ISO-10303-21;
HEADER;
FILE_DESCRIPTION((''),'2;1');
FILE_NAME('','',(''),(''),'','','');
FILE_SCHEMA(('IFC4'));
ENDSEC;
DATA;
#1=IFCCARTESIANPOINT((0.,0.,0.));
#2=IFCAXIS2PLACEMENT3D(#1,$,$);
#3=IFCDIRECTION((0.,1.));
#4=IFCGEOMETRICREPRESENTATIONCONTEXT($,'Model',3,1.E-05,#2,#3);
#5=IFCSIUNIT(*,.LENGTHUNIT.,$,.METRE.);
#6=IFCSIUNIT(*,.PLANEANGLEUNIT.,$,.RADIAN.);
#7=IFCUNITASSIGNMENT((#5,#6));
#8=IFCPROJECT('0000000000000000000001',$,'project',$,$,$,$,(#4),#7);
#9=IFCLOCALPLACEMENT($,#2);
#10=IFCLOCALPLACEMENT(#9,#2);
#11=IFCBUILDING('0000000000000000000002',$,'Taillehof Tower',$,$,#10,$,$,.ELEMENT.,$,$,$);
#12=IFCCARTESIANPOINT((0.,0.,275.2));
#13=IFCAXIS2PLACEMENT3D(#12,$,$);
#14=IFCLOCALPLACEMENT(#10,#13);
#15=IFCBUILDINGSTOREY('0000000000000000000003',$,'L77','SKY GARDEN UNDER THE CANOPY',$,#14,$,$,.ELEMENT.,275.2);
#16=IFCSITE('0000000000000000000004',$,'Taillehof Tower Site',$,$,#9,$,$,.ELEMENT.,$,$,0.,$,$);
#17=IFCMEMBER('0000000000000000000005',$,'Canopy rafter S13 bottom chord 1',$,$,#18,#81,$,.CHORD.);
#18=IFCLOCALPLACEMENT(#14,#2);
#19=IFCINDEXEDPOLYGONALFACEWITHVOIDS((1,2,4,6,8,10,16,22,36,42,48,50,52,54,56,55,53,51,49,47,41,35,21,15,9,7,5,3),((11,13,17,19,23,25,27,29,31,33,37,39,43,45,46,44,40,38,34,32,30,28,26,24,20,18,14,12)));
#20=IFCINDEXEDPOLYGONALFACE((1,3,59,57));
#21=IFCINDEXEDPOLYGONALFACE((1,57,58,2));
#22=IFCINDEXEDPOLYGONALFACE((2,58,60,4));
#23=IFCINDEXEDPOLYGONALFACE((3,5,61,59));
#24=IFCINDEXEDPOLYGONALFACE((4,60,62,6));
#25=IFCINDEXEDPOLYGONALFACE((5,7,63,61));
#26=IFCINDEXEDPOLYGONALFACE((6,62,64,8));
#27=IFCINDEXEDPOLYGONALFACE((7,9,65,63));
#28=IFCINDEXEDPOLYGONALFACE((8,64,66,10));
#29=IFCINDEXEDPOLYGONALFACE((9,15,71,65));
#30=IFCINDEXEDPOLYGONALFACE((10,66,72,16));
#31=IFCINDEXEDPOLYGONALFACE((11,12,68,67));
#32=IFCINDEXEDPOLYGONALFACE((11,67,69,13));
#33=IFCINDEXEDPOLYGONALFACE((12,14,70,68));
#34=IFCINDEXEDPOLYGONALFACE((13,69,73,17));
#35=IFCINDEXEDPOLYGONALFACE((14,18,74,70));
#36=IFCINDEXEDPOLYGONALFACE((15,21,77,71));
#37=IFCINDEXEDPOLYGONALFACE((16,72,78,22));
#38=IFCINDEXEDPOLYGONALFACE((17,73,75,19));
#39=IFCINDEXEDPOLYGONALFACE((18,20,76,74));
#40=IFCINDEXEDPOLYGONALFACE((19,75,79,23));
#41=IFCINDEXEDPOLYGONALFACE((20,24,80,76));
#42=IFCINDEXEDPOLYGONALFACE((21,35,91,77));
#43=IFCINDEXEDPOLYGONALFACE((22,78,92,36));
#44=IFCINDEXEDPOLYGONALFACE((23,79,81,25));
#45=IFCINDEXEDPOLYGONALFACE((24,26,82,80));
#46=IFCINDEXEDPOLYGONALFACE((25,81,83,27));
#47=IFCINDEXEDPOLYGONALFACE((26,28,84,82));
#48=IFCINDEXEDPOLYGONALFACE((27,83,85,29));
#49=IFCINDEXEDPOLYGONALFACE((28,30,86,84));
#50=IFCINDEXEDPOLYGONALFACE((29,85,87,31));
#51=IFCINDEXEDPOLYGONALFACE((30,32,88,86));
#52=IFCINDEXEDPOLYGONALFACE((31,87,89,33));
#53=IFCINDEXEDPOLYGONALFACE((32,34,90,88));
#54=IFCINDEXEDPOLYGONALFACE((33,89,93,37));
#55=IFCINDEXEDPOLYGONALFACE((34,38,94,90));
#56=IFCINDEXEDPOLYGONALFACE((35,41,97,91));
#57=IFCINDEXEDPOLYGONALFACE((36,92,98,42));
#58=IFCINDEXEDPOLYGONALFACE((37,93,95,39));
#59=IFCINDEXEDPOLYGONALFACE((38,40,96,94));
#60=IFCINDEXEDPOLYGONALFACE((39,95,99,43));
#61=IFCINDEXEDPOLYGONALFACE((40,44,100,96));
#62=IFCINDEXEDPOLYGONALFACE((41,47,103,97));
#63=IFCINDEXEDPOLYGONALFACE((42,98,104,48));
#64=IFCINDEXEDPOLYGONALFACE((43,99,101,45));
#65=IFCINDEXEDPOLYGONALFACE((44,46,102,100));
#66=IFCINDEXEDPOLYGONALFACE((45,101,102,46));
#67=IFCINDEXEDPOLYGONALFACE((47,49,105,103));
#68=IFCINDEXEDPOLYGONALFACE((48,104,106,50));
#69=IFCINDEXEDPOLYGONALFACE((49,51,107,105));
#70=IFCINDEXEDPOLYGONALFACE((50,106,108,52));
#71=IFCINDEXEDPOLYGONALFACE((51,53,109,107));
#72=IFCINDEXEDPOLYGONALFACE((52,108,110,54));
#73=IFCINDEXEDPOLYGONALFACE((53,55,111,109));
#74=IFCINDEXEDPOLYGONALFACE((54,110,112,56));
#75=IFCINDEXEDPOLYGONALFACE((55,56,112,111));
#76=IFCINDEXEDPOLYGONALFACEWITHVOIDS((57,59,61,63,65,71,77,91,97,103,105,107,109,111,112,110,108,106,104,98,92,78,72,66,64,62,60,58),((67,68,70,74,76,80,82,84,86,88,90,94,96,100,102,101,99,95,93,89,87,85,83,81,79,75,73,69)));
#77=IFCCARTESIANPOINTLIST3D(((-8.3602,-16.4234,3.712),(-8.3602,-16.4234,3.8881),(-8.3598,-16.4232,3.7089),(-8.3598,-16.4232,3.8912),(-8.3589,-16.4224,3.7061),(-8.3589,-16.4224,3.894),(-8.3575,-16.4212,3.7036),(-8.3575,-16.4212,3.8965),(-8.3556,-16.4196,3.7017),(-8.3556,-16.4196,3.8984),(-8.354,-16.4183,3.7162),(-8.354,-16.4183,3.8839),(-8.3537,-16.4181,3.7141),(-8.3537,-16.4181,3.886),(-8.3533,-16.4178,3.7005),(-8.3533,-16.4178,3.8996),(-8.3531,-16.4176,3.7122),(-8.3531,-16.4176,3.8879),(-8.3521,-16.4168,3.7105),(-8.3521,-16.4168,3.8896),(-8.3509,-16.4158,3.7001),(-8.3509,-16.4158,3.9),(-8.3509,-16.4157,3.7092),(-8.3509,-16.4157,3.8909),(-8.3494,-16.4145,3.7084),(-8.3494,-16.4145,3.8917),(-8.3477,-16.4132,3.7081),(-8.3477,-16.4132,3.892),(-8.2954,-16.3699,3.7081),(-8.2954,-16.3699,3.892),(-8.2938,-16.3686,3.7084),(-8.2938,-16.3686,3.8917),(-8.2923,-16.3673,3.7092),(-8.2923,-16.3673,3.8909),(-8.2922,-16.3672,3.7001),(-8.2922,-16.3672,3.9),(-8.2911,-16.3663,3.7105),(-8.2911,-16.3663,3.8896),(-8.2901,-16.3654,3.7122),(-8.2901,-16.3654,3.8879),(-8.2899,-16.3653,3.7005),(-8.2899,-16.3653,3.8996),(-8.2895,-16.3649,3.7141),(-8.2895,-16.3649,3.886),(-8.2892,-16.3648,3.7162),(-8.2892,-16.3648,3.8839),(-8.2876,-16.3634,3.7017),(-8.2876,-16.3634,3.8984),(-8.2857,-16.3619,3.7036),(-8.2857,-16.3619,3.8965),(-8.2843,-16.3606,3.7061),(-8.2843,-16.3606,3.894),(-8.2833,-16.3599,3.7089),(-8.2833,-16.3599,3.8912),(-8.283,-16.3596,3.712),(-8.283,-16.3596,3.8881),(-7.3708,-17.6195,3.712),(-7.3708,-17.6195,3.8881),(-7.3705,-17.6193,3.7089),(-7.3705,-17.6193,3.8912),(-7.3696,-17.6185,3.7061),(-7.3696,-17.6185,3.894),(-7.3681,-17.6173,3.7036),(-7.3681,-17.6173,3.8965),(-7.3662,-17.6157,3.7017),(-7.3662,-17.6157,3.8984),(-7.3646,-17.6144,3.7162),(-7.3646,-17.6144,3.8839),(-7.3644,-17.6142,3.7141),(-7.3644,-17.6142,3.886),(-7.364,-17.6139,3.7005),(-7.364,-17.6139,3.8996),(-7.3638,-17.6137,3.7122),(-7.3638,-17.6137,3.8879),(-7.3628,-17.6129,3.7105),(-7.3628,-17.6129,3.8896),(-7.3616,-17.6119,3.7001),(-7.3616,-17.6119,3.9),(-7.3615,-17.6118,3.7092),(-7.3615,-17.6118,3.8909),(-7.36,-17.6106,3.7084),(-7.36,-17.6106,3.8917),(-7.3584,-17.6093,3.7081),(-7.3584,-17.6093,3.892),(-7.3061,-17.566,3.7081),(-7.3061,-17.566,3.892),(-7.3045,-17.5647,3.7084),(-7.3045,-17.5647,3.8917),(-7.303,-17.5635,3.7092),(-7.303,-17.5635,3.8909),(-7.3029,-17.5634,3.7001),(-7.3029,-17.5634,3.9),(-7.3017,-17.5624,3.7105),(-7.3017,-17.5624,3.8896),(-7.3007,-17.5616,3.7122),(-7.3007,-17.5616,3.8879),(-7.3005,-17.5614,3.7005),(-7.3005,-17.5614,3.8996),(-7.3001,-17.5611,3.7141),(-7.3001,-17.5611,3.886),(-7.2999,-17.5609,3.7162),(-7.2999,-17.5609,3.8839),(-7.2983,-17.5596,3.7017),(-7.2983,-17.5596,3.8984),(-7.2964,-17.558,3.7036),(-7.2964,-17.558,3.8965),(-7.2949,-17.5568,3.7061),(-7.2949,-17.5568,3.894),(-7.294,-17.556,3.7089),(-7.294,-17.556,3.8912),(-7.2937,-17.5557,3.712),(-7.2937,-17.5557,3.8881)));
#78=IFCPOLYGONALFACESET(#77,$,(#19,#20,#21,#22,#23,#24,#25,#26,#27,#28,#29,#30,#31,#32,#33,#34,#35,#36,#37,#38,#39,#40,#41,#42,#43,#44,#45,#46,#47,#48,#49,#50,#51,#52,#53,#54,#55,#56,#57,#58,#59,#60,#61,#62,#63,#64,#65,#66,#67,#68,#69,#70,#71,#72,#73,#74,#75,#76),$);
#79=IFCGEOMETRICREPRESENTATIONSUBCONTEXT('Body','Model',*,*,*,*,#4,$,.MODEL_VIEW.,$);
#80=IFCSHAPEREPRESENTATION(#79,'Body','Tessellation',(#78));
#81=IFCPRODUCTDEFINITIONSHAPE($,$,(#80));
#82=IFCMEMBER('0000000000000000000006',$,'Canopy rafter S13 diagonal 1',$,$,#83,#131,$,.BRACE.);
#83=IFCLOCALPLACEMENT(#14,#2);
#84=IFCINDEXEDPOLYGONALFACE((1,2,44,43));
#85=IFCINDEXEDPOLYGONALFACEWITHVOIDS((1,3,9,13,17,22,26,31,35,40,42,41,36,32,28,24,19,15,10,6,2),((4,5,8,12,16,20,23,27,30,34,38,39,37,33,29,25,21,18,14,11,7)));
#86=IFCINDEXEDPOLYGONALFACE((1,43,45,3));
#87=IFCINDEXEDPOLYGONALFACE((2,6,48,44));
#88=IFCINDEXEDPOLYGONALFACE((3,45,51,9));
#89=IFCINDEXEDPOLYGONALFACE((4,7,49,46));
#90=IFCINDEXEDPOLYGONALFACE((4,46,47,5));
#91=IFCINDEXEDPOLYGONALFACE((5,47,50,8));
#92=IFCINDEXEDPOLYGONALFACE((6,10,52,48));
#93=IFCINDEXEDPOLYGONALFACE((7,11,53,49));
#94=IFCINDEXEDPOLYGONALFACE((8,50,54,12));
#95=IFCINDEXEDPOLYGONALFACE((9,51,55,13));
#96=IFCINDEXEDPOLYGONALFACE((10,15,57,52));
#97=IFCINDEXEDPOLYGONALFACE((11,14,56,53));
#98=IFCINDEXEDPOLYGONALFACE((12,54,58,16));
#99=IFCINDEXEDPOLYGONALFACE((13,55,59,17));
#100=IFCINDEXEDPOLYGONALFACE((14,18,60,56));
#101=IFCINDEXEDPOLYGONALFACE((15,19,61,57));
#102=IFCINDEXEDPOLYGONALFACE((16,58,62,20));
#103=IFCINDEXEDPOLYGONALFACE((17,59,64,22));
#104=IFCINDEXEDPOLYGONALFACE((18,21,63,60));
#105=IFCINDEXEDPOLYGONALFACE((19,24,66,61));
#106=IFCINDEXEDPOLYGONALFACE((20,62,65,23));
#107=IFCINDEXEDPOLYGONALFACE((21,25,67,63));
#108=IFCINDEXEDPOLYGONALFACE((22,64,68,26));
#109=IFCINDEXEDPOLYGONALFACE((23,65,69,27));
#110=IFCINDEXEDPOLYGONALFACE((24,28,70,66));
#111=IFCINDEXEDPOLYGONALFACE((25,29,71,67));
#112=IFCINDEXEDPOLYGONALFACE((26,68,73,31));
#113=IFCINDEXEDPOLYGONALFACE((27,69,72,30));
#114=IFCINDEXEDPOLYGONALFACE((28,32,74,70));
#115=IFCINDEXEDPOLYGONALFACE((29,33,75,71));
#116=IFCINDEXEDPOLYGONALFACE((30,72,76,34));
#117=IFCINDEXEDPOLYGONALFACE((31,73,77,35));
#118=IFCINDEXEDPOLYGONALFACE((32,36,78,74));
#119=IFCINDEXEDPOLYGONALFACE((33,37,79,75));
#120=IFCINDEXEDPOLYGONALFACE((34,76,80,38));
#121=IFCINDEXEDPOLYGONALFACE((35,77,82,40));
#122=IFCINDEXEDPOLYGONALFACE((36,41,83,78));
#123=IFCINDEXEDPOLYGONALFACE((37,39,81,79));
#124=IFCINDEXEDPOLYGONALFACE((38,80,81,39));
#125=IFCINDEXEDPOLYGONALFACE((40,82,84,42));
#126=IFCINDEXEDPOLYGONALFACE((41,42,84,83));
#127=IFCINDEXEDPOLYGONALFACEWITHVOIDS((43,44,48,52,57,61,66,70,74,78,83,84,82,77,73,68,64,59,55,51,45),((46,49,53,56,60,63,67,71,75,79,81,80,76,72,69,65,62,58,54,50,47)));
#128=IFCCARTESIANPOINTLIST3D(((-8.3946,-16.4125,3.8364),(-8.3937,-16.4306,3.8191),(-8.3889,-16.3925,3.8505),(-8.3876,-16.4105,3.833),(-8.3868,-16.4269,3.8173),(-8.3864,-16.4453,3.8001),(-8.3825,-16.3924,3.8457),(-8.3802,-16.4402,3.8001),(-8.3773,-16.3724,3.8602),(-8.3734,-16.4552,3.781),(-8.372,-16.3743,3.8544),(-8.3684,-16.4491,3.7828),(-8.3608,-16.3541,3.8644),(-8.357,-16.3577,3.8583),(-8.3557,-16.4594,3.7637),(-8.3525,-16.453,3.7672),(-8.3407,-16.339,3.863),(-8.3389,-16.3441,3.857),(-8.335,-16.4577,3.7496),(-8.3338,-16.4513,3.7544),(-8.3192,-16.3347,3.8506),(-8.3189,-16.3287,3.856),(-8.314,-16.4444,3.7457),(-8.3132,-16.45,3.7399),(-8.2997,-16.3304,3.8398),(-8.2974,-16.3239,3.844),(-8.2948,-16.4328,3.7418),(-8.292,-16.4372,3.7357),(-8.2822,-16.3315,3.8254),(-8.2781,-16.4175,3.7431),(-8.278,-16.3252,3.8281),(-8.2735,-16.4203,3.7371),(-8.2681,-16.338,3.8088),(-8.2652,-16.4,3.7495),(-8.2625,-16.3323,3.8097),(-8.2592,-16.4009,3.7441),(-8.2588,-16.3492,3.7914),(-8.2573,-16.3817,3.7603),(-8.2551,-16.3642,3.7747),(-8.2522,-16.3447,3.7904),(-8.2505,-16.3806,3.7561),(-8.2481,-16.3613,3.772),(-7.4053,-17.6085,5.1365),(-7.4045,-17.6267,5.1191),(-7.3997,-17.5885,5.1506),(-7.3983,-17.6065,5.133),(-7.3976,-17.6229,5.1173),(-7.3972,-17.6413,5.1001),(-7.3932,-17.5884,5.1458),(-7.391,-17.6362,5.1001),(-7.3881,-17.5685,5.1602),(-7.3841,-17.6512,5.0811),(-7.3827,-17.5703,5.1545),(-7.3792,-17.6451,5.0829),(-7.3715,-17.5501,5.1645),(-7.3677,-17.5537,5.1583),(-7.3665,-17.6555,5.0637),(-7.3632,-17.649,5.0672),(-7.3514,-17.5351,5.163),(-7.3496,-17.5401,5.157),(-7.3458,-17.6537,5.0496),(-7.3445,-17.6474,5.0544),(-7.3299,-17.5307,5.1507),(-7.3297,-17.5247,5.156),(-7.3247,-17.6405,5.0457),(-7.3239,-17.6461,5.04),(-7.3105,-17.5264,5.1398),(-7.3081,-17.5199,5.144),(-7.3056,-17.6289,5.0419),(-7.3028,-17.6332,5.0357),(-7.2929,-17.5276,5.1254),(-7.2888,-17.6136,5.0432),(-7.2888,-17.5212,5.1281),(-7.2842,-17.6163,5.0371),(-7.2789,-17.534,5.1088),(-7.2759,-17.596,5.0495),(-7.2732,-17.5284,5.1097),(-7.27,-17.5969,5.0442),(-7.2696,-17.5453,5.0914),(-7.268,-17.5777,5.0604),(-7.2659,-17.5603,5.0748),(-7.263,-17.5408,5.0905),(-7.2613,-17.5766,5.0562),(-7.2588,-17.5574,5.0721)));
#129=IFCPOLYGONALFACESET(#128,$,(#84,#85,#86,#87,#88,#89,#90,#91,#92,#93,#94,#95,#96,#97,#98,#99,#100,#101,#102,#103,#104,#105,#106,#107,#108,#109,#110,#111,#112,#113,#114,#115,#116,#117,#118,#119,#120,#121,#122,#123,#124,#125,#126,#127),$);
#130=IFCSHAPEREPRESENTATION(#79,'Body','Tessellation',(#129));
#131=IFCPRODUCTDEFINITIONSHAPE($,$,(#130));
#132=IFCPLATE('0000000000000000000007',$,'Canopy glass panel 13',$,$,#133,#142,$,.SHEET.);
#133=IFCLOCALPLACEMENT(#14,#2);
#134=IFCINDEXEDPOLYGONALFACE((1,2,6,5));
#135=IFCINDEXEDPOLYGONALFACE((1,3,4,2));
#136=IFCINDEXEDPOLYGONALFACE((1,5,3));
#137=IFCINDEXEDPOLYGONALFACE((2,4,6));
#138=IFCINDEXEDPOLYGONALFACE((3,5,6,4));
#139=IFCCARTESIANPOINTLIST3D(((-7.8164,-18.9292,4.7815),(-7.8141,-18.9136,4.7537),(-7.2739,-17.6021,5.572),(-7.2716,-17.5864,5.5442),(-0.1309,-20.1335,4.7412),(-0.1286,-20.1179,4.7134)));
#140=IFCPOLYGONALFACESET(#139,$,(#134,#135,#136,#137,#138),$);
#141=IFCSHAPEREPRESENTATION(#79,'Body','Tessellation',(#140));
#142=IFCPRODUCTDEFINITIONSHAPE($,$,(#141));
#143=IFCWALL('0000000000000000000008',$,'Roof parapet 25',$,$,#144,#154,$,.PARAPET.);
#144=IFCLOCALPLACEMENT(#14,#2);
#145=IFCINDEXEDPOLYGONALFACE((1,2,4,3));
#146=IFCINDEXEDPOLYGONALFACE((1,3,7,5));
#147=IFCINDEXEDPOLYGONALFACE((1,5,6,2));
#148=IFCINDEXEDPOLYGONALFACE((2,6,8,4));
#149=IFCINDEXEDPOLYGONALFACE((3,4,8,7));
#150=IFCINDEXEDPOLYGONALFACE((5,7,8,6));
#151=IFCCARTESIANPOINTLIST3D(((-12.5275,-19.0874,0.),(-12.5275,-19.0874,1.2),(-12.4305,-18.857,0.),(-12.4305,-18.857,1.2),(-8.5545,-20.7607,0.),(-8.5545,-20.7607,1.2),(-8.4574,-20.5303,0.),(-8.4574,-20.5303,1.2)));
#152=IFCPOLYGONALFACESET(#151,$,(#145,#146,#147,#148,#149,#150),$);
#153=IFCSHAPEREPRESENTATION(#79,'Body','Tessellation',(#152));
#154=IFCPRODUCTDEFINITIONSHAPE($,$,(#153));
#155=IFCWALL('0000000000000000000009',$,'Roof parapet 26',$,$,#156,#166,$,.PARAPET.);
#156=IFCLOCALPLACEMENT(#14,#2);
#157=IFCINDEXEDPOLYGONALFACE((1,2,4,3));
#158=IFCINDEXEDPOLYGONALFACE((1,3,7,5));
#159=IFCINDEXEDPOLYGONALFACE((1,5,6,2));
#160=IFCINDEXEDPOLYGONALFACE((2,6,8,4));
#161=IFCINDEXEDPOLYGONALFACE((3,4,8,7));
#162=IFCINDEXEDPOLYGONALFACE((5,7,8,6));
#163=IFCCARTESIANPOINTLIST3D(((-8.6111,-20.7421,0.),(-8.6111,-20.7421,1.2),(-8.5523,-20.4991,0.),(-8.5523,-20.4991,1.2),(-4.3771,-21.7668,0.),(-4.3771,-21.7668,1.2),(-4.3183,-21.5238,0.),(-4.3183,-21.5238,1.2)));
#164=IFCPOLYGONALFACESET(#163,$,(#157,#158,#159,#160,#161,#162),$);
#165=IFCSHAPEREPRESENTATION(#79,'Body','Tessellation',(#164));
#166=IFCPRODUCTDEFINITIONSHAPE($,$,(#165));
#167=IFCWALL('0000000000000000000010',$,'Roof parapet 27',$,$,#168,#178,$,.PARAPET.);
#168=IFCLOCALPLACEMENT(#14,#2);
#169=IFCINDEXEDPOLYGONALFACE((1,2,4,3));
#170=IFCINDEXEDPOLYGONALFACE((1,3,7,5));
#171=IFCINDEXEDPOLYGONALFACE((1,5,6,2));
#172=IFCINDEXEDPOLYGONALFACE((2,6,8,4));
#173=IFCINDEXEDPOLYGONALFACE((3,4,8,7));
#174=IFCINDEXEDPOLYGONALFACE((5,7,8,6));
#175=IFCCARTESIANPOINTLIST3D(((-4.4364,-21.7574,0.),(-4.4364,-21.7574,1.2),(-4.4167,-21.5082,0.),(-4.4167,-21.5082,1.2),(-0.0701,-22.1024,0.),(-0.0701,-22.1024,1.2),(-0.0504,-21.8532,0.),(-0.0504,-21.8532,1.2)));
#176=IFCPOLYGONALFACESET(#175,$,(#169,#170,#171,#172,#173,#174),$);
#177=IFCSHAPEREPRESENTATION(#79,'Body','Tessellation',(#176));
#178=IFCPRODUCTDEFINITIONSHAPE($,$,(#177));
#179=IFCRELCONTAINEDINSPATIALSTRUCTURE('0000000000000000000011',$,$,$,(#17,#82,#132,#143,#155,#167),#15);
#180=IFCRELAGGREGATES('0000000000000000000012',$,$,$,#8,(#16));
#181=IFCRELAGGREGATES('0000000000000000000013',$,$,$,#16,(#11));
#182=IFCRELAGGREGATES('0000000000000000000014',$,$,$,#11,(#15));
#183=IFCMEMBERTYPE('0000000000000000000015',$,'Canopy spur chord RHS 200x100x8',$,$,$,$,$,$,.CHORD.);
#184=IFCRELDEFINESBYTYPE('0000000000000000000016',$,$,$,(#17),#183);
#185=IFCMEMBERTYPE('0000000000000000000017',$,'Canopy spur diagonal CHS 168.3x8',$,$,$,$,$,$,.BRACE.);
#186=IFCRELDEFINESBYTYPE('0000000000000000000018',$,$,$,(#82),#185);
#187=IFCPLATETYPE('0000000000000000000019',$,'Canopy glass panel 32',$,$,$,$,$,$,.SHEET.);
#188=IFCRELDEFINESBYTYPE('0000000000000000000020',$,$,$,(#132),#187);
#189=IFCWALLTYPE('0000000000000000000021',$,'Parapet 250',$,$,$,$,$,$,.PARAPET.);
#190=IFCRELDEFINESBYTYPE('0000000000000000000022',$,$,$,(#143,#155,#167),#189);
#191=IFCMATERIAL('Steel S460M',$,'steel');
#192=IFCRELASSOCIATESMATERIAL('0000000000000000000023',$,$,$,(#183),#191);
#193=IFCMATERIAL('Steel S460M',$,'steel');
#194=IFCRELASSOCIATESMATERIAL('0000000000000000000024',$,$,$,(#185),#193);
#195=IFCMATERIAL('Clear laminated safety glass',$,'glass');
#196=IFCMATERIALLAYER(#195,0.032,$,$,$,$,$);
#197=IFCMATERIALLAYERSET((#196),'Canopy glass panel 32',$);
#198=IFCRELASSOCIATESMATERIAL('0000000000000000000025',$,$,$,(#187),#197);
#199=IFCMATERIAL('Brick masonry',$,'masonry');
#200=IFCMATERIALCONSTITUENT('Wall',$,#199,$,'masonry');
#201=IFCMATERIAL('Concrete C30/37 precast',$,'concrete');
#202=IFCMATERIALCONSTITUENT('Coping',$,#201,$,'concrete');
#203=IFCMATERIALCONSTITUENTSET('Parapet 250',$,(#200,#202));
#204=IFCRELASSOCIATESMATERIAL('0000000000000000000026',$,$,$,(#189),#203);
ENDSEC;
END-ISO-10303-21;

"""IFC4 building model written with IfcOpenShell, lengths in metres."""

from ifc_helpers import new_model, si_unit, direction, frame, frame_2d, origin, origin_2d, place, context, subcontext, project, spatial, polyline, rectangle, hollow_rectangle, hollow_circle, outline, extrude, material, layer, layer_set, constituent, constituent_set, material_profile, profile_set, type_object, element, save


model = new_model("IFC4")

# Units and contexts
model_context = context("Model", 3, precision=1e-05, world=origin(), true_north=direction((0.0, 1.0)))
body_context = subcontext(model_context, "Body", "Model", "MODEL_VIEW")
ifc_project = project(units=[si_unit("LENGTHUNIT", "METRE"), si_unit("PLANEANGLEUNIT", "RADIAN")], contexts=[model_context])

# Site, building, storey
site_placement = place(None, origin())
site = spatial("IfcSite", under=ifc_project, at=site_placement, Name="Taillehof Tower Site", CompositionType="ELEMENT", RefElevation=0.0)
building_placement = place(site_placement, origin())
building = spatial("IfcBuilding", under=site, at=building_placement, Name="Taillehof Tower", CompositionType="ELEMENT")
storey_placement = place(building_placement, frame((0.0, 0.0, 275.2)))
storey = spatial("IfcBuildingStorey", under=building, at=storey_placement, Name="L77", Description="SKY GARDEN UNDER THE CANOPY", CompositionType="ELEMENT", Elevation=275.2)

# Members
ifc_material_1 = material(Name="Steel S460M", Category="steel")
ifc_material_profile_1 = material_profile(ifc_material_1, hollow_rectangle(XDim=0.1001, YDim=0.2, WallThickness=0.0081, InnerFilletRadius=0.0081, OuterFilletRadius=0.012, at=origin_2d()), Name="RHS 200x100x8")
ifc_profile_set_1 = profile_set([ifc_material_profile_1], Name="Steel S460M")
member_type_1 = type_object("IfcMemberType", Name="Canopy spur chord RHS 200x100x8", PredefinedType="CHORD", material=ifc_profile_set_1)
for number, where, z_axis, x_axis, name in (
    (1, (-7.3323, -17.5876, 3.8), (-0.637349, 0.770575, 0.0), (-0.770575, -0.637349, 0.0), "Canopy rafter S13 bottom chord 1"),
):
    element("IfcMember", number, at=place(storey_placement, frame(where, z_axis=z_axis, x_axis=x_axis)), inside=storey, type_object=member_type_1, Name=name, PredefinedType="CHORD", context=body_context, shape_type="SweptSolid", body=[
        extrude(hollow_rectangle(XDim=0.1001, YDim=0.2, WallThickness=0.0081, InnerFilletRadius=0.0081, OuterFilletRadius=0.012, at=origin_2d()), origin(), (0.0, 0.0, 1.0), 1.5522),
    ])
ifc_material_2 = material(Name="Steel S460M", Category="steel")
ifc_material_profile_2 = material_profile(ifc_material_2, hollow_circle(Radius=0.0842, WallThickness=0.0081, at=origin_2d()), Name="CHS 168.3x8")
ifc_profile_set_2 = profile_set([ifc_material_profile_2], Name="Steel S460M")
member_type_2 = type_object("IfcMemberType", Name="Canopy spur diagonal CHS 168.3x8", PredefinedType="BRACE", material=ifc_profile_set_2)
member_1_placement = place(storey_placement, frame((-7.3323, -17.5876, 5.1001), z_axis=(-0.488602, 0.590736, -0.642105), x_axis=(-0.770575, -0.637349, 0.0)))
element("IfcMember", 2, at=member_1_placement, inside=storey, type_object=member_type_2, Name="Canopy rafter S13 diagonal 1", PredefinedType="BRACE", context=body_context, shape_type="SweptSolid", body=[
    extrude(hollow_circle(Radius=0.0842, WallThickness=0.0081, at=origin_2d()), origin(), (0.0, 0.0, 1.0), 2.0247),
])

# Plate
ifc_material_3 = material(Name="Clear laminated safety glass", Category="glass")
ifc_layer_1 = layer(ifc_material_3, 0.032)
ifc_layer_set_1 = layer_set([ifc_layer_1], Name="Canopy glass panel 32")
plate_type = type_object("IfcPlateType", Name="Canopy glass panel 32", PredefinedType="SHEET", material=ifc_layer_set_1)
plate_placement = place(storey_placement, frame((-7.8164, -18.9292, 4.7815), z_axis=(-0.071997, -0.488536, 0.869568), x_axis=(0.98793, -0.154811, -0.005178)))
element("IfcPlate", 3, at=plate_placement, inside=storey, type_object=plate_type, Name="Canopy glass panel 13", PredefinedType="SHEET", context=body_context, shape_type="SweptSolid", body=[
    extrude(outline(polyline([(0.0, 0.0), (7.7794, 0.0), (0.3264, 1.6044), (0.0, 0.0)])), origin(), (0.0, 0.0, -1.0), 0.032),
])

# Walls
ifc_material_4 = material(Name="Brick masonry", Category="masonry")
ifc_constituent_1 = constituent(ifc_material_4, Name="Wall", Category="masonry")
ifc_material_5 = material(Name="Concrete C30/37 precast", Category="concrete")
ifc_constituent_2 = constituent(ifc_material_5, Name="Coping", Category="concrete")
ifc_constituent_set_1 = constituent_set(constituents=[ifc_constituent_1, ifc_constituent_2], Name="Parapet 250")
wall_type_1 = type_object("IfcWallType", Name="Parapet 250", PredefinedType="PARAPET", material=ifc_constituent_set_1)
wall_1_placement = place(storey_placement, frame((-12.479, -18.9722, 0.0), z_axis=(0.0, 0.0, 1.0), x_axis=(0.921599, -0.388143, 0.0)))
element("IfcWall", 4, at=wall_1_placement, inside=storey, type_object=wall_type_1, Name="Roof parapet 25", PredefinedType="PARAPET", context=body_context, shape_type="SweptSolid", body=[
    extrude(rectangle(XDim=4.311, YDim=0.25, at=frame_2d((2.1555, 0.0))), origin(), (0.0, 0.0, 1.0), 1.2),
])
wall_2_placement = place(storey_placement, frame((-8.5818, -20.6206, 0.0), z_axis=(0.0, 0.0, 1.0), x_axis=(0.971941, -0.235223, 0.0)))
element("IfcWall", 5, at=wall_2_placement, inside=storey, type_object=wall_type_1, Name="Roof parapet 26", PredefinedType="PARAPET", context=body_context, shape_type="SweptSolid", body=[
    extrude(rectangle(XDim=4.3562, YDim=0.25, at=frame_2d((2.1782, 0.0))), origin(), (0.0, 0.0, 1.0), 1.2),
])
wall_3_placement = place(storey_placement, frame((-4.4265, -21.6328, 0.0), z_axis=(0.0, 0.0, 1.0), x_axis=(0.996893, -0.078764, 0.0)))
element("IfcWall", 6, at=wall_3_placement, inside=storey, type_object=wall_type_1, Name="Roof parapet 27", PredefinedType="PARAPET", context=body_context, shape_type="SweptSolid", body=[
    extrude(rectangle(XDim=4.3799, YDim=0.25, at=frame_2d((2.1899, 0.0))), origin(), (0.0, 0.0, 1.0), 1.2),
])

save(model, "model.ifc")
